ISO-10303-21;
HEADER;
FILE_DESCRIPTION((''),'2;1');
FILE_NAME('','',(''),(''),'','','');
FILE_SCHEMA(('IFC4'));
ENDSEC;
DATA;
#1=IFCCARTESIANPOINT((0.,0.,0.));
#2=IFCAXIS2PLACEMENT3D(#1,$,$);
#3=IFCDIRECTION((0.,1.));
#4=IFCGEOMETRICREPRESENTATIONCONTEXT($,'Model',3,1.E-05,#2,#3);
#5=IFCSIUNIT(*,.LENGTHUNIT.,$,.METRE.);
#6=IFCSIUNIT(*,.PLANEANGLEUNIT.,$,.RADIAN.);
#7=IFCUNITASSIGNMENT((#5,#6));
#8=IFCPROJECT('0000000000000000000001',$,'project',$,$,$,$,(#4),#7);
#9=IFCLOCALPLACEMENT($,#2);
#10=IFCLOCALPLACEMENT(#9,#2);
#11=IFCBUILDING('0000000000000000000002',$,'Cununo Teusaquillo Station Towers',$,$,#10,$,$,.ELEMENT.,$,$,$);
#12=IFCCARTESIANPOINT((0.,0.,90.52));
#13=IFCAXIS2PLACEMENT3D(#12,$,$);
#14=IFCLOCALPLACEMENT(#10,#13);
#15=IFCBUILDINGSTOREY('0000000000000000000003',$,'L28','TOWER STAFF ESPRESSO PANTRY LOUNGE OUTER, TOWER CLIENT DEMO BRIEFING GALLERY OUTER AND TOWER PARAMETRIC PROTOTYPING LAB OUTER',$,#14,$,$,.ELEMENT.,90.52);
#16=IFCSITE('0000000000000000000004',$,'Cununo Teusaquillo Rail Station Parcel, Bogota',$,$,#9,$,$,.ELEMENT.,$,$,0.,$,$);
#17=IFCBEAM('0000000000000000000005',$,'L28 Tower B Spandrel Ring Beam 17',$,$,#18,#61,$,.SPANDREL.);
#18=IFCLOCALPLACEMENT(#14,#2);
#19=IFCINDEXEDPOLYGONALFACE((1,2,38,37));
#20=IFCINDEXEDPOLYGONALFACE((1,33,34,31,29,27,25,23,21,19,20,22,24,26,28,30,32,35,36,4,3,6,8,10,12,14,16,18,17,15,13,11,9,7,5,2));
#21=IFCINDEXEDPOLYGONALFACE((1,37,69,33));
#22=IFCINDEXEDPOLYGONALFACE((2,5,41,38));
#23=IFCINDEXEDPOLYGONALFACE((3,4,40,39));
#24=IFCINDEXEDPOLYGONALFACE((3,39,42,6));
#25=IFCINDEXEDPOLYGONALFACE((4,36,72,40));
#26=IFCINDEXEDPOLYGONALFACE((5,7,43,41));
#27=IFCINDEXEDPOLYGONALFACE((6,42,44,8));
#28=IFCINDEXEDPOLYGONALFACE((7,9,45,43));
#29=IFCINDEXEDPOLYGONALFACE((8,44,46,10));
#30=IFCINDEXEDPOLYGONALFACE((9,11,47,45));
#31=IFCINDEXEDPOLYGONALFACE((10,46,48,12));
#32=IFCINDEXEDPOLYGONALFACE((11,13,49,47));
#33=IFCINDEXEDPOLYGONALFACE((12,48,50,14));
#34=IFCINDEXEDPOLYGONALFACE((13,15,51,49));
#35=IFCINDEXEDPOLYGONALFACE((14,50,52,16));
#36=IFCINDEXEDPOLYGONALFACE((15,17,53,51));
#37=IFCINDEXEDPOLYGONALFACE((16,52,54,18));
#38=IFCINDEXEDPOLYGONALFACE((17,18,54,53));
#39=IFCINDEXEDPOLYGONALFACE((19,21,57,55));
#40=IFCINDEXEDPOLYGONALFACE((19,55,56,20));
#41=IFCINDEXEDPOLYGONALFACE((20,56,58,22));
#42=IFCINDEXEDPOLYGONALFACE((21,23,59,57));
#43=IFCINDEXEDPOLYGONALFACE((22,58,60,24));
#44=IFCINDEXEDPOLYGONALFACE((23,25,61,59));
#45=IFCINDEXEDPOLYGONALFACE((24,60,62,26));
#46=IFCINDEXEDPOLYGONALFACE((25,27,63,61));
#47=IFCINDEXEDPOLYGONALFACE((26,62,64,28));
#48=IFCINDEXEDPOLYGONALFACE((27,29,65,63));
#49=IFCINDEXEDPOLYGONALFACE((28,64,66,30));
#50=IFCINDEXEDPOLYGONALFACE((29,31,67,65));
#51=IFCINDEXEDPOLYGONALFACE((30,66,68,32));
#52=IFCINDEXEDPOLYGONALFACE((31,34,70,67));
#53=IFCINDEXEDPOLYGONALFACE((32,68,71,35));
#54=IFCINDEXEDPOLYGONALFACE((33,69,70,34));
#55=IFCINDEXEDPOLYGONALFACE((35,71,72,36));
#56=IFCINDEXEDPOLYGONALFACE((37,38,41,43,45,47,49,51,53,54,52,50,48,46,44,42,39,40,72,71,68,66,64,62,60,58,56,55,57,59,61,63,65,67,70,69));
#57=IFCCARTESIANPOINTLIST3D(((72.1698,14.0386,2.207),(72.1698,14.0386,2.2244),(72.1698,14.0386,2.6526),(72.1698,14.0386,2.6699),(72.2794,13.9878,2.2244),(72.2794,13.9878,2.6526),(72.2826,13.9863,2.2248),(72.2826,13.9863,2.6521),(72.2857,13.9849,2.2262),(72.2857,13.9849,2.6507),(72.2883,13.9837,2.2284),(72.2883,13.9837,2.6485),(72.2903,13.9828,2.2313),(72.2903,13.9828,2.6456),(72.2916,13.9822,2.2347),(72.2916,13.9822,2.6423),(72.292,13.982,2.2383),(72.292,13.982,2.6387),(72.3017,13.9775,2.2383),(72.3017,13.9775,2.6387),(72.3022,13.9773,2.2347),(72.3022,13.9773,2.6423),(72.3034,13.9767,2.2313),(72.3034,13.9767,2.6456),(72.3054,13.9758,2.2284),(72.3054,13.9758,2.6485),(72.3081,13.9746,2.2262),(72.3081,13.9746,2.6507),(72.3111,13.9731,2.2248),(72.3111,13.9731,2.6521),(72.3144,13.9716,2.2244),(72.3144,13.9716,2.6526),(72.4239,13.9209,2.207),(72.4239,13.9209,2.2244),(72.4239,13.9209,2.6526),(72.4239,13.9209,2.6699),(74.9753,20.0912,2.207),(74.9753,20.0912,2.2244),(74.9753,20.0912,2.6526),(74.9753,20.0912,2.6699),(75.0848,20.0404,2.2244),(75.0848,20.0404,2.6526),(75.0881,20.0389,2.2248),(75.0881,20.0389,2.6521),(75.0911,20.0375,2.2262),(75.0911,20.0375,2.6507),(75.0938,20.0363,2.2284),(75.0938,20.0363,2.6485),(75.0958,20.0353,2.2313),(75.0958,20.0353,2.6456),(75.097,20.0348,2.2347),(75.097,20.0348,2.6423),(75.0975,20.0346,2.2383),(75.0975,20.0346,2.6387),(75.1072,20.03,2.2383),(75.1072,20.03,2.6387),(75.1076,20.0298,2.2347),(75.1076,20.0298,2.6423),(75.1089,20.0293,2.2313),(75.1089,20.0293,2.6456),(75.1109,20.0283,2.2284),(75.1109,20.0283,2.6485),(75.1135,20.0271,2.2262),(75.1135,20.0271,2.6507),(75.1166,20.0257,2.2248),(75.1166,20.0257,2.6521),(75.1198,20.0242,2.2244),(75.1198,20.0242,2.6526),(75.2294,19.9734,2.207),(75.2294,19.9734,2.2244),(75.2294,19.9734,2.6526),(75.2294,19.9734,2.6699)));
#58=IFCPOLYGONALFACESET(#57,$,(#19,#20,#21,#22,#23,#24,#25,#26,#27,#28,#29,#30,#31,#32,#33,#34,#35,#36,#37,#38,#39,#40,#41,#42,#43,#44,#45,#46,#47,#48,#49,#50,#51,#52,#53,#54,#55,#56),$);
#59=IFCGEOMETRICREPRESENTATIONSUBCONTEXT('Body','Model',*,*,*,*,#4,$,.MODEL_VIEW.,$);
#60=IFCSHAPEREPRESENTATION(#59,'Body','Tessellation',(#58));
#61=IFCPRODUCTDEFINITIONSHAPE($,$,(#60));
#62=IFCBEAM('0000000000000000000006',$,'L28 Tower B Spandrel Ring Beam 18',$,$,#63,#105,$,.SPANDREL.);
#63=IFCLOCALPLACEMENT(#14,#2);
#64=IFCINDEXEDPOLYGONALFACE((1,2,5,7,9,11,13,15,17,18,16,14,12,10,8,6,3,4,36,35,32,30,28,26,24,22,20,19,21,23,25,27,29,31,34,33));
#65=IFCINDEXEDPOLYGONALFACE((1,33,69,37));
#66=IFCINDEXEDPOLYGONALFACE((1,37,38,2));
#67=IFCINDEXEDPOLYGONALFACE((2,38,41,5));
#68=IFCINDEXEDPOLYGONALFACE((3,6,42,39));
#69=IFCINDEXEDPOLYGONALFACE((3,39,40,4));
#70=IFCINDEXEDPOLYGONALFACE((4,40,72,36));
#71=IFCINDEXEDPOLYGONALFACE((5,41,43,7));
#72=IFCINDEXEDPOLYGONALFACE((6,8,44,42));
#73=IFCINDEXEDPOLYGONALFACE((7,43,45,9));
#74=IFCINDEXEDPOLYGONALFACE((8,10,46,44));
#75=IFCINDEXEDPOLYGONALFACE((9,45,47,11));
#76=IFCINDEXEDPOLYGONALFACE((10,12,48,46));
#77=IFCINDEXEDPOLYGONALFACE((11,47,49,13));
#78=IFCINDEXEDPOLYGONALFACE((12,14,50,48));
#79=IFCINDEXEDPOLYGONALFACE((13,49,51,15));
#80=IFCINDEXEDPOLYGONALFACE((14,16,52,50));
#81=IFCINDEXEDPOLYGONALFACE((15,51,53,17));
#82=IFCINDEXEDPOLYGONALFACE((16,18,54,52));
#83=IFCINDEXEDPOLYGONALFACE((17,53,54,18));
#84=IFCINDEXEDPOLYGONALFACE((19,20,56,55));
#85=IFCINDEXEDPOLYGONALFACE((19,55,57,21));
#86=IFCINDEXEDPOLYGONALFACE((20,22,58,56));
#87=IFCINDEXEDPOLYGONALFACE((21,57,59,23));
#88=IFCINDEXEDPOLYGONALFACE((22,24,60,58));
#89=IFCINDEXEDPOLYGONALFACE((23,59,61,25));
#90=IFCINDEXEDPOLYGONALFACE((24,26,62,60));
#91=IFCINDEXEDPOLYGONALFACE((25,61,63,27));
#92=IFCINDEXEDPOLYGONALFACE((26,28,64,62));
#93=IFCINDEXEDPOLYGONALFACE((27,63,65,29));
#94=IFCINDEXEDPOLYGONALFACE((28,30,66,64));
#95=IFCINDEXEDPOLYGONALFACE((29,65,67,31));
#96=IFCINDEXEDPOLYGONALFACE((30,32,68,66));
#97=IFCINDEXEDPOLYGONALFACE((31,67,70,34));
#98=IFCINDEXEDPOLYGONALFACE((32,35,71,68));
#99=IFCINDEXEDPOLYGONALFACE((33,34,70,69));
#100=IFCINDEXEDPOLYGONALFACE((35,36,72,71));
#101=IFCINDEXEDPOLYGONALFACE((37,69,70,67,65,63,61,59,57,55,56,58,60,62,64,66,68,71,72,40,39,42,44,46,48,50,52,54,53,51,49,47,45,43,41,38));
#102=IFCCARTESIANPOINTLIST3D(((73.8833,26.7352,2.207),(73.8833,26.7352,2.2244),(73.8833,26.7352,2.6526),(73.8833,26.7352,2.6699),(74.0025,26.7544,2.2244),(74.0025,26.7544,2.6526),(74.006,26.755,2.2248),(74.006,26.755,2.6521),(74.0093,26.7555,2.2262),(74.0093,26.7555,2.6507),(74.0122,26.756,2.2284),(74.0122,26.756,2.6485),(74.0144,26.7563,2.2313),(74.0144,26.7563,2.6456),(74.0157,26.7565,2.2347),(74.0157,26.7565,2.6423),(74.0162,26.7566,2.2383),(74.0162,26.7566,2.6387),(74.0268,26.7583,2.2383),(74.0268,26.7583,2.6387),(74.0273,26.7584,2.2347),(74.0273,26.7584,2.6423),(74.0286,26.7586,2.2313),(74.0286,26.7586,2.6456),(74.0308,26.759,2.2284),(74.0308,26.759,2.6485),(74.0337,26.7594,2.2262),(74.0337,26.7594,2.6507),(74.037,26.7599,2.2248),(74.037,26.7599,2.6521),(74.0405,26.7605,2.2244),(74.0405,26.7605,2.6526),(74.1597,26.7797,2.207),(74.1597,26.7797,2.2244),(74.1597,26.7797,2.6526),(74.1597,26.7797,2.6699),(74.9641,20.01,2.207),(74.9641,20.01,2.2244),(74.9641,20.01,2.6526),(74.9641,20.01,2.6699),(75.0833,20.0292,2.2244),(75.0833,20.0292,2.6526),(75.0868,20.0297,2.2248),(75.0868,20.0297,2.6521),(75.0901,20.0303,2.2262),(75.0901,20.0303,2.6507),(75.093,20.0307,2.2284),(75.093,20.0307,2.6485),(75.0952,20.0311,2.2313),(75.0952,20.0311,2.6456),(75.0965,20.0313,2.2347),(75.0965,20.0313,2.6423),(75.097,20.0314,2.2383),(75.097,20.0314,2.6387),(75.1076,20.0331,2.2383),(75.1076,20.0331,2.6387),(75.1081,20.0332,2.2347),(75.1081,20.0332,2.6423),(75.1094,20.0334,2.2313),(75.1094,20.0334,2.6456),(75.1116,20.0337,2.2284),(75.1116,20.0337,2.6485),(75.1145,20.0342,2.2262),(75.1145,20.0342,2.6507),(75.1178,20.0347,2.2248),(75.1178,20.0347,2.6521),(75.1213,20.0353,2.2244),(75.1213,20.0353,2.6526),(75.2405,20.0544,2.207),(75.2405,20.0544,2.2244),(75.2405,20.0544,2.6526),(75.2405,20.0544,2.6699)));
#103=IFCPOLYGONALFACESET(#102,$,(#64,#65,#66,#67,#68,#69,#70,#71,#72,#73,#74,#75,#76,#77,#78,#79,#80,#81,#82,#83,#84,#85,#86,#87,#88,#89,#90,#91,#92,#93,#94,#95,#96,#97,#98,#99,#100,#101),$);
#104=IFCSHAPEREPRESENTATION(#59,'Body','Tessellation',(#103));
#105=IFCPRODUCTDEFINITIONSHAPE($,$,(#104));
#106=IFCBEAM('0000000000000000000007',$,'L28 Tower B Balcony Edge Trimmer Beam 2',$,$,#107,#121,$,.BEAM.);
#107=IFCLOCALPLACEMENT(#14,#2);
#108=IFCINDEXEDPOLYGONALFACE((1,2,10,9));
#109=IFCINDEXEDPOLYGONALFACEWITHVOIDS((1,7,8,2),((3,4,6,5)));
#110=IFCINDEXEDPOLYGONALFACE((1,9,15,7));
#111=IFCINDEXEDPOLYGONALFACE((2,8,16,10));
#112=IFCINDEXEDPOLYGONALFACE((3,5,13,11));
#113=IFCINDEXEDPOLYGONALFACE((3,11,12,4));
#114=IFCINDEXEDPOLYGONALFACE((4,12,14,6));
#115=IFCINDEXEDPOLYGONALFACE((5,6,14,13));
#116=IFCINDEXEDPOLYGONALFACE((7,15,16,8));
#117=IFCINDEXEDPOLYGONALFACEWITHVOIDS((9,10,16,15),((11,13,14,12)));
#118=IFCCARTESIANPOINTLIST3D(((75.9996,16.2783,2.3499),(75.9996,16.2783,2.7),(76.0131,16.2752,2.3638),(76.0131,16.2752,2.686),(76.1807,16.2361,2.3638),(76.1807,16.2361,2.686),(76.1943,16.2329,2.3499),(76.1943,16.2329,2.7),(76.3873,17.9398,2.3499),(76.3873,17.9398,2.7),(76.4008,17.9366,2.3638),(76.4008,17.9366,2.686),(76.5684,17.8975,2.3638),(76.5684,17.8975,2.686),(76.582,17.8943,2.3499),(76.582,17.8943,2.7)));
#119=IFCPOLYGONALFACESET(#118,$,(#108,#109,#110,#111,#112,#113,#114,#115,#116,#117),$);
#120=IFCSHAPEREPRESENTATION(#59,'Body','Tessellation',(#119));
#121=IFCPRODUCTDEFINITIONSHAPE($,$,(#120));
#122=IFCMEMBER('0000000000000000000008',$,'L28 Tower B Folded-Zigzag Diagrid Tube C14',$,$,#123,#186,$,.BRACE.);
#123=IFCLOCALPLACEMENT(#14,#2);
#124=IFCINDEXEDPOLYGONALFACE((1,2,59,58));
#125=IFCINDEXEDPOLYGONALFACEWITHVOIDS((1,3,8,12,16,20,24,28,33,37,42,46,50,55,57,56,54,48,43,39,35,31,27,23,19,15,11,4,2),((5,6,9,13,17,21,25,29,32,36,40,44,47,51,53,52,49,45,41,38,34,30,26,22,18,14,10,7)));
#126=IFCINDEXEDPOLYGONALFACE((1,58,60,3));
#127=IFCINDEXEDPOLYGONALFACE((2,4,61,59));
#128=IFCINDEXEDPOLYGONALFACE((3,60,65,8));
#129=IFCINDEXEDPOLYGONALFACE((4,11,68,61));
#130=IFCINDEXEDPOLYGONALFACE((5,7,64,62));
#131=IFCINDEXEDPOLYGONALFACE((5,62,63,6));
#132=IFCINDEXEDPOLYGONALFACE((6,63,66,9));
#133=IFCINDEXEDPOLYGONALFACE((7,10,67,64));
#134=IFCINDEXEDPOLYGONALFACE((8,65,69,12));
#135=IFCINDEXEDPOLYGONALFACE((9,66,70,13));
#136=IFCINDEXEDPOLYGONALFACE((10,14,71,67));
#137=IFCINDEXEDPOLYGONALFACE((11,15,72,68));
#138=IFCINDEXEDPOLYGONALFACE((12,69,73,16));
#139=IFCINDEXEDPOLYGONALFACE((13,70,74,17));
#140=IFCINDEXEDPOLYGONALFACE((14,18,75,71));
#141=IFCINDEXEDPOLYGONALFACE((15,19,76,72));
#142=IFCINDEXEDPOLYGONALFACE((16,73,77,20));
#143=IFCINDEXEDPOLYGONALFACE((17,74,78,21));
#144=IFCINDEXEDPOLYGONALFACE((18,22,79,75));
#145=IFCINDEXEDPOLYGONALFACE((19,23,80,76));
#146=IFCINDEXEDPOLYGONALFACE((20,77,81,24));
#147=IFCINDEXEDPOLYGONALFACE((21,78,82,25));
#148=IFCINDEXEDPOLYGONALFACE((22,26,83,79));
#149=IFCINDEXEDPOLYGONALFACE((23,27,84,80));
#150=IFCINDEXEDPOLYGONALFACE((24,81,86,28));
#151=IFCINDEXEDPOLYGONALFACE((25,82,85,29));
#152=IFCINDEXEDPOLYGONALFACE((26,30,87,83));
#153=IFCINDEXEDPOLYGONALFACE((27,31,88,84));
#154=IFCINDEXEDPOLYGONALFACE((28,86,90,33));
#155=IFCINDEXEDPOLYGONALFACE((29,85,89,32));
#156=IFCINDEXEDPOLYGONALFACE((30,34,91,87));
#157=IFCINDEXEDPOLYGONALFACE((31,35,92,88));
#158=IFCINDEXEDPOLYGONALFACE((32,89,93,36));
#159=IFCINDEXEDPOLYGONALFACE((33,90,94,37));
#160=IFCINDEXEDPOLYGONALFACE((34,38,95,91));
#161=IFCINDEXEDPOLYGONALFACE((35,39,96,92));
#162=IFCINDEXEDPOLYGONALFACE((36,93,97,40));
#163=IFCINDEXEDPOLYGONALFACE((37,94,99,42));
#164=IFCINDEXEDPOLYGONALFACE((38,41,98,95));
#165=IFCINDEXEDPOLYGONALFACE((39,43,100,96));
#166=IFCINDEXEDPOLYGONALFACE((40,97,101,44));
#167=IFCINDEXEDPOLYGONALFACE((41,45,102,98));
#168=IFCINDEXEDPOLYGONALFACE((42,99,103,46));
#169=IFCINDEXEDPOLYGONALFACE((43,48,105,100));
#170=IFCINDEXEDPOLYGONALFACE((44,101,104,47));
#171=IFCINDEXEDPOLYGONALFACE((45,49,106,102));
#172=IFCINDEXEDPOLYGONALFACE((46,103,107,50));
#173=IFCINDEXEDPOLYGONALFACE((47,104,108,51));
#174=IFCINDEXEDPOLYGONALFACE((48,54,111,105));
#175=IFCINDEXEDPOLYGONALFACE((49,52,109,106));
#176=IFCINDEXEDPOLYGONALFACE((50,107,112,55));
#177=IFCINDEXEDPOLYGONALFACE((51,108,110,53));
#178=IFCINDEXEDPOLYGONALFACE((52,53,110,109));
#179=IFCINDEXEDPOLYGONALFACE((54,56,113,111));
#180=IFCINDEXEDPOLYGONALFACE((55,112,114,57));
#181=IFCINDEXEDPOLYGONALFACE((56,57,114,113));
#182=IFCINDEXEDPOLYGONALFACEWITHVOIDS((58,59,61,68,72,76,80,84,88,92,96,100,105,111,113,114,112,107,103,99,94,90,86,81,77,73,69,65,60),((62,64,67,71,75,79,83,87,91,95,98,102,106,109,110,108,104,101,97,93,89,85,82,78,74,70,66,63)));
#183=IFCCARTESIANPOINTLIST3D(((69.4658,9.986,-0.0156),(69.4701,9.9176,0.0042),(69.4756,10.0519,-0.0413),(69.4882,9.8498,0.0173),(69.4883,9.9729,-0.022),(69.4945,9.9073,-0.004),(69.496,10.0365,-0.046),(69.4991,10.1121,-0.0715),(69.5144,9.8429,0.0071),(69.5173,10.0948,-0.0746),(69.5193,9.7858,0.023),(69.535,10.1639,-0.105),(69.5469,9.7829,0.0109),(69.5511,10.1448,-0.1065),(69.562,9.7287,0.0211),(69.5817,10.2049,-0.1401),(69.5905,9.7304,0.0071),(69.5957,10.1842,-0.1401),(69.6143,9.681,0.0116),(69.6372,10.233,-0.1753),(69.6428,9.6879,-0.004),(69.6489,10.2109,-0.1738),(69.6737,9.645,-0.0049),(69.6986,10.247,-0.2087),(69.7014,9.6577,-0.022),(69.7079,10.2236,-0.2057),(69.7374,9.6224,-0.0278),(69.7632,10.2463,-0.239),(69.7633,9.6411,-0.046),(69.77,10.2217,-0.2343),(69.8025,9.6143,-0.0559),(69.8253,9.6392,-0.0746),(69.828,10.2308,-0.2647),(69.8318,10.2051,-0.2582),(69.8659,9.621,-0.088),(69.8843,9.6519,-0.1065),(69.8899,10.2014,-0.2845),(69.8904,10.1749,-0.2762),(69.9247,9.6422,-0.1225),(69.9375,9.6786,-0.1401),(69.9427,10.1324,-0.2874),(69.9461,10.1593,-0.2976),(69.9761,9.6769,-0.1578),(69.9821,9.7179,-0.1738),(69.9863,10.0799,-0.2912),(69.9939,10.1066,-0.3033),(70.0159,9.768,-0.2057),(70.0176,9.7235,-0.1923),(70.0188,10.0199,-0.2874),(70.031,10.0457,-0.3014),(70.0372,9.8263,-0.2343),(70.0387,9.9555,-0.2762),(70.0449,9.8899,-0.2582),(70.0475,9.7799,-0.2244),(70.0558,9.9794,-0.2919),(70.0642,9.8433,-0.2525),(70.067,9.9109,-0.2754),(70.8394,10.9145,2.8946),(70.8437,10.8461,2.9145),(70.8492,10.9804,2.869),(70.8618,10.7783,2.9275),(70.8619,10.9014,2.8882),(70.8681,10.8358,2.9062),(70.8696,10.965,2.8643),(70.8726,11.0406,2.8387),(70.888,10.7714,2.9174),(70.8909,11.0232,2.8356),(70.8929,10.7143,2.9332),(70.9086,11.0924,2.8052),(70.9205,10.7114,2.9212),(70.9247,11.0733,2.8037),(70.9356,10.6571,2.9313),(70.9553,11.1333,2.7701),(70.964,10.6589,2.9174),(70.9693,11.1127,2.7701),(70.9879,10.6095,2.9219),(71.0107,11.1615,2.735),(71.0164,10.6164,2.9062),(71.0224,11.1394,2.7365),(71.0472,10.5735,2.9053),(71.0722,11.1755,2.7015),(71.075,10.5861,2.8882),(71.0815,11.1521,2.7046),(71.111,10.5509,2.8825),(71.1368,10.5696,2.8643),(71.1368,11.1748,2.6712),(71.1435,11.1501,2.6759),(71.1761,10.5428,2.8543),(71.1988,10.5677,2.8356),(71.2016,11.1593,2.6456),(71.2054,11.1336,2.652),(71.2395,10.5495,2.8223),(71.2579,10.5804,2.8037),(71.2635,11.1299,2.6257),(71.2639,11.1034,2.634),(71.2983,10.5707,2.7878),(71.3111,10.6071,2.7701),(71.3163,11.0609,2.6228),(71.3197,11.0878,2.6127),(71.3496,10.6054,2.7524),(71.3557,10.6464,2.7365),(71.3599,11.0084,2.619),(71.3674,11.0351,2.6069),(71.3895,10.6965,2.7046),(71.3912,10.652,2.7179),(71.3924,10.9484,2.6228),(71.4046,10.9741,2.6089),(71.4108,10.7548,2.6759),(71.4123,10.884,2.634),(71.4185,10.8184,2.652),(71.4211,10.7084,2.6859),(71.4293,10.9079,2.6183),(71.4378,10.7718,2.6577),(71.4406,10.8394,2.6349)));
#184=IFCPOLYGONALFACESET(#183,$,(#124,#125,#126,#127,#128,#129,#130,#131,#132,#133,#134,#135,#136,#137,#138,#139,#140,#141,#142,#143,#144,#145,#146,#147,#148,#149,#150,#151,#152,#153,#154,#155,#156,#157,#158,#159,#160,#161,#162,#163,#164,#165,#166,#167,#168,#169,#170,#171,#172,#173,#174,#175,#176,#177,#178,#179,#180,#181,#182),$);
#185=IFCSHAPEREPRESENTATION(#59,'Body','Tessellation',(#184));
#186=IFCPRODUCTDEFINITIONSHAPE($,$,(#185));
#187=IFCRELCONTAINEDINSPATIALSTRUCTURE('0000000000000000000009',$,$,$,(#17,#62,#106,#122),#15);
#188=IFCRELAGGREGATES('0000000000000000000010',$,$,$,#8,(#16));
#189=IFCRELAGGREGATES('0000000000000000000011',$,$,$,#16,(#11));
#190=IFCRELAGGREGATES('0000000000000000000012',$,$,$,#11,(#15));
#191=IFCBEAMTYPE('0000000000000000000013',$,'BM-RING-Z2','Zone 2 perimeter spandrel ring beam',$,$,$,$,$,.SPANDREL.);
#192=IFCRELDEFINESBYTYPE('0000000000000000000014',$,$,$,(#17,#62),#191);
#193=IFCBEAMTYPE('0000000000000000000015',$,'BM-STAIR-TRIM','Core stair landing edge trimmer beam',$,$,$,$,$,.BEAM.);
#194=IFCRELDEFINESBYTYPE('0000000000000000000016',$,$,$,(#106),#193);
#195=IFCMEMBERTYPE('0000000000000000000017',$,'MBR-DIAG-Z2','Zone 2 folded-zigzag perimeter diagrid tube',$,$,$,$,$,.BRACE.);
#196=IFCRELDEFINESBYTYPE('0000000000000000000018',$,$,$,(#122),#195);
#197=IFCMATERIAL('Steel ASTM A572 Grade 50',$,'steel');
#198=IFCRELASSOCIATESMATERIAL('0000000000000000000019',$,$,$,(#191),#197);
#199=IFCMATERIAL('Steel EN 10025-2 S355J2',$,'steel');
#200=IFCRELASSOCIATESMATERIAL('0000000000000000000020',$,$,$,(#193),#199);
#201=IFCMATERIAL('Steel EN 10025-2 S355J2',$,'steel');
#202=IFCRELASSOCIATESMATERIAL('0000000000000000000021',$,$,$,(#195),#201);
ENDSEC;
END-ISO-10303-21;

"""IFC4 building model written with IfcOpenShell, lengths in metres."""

from ifc_helpers import new_model, si_unit, direction, frame, origin, origin_2d, place, context, subcontext, project, spatial, hollow_rectangle, hollow_circle, i_section, extrude, material, material_profile, profile_set, type_object, element, save


model = new_model("IFC4")

# Units and contexts
model_context = context("Model", 3, precision=1e-05, world=origin(), true_north=direction((0.0, 1.0)))
body_context = subcontext(model_context, "Body", "Model", "MODEL_VIEW")
ifc_project = project(units=[si_unit("LENGTHUNIT", "METRE"), si_unit("PLANEANGLEUNIT", "RADIAN")], contexts=[model_context])

# Site, building, storey
site_placement = place(None, origin())
site = spatial("IfcSite", under=ifc_project, at=site_placement, Name="Cununo Teusaquillo Rail Station Parcel, Bogota", CompositionType="ELEMENT", RefElevation=0.0)
building_placement = place(site_placement, origin())
building = spatial("IfcBuilding", under=site, at=building_placement, Name="Cununo Teusaquillo Station Towers", CompositionType="ELEMENT")
storey_placement = place(building_placement, frame((0.0, 0.0, 90.52)))
storey = spatial("IfcBuildingStorey", under=building, at=storey_placement, Name="L28", Description="TOWER STAFF ESPRESSO PANTRY LOUNGE OUTER, TOWER CLIENT DEMO BRIEFING GALLERY OUTER AND TOWER PARAMETRIC PROTOTYPING LAB OUTER", CompositionType="ELEMENT", Elevation=90.52)

# Beams
ifc_material_1 = material(Name="Steel ASTM A572 Grade 50", Category="steel")
ifc_material_profile_1 = material_profile(ifc_material_1, i_section(OverallWidth=0.28, OverallDepth=0.4629, WebThickness=0.0107, FlangeThickness=0.0173, FilletRadius=0.0139, at=origin_2d()), Name="W18X76")
ifc_profile_set_1 = profile_set([ifc_material_profile_1], Name="Steel ASTM A572 Grade 50")
beam_type_1 = type_object("IfcBeamType", Name="BM-RING-Z2", Description="Zone 2 perimeter spandrel ring beam", PredefinedType="SPANDREL", material=ifc_profile_set_1)
beam_1_placement = place(storey_placement, frame((72.2969, 13.9797, 2.4385), z_axis=(0.420536, 0.907276, 0.0), x_axis=(-0.907276, 0.420536, 0.0)))
element("IfcBeam", 1, at=beam_1_placement, inside=storey, type_object=beam_type_1, Name="L28 Tower B Spandrel Ring Beam 17", PredefinedType="SPANDREL", context=body_context, shape_type="SweptSolid", body=[
    extrude(i_section(OverallWidth=0.28, OverallDepth=0.4629, WebThickness=0.0107, FlangeThickness=0.0173, FilletRadius=0.0139, at=origin_2d()), origin(), (0.0, 0.0, 1.0), 6.6711),
])
beam_2_placement = place(storey_placement, frame((75.1023, 20.0322, 2.4385), z_axis=(-0.158671, 0.987331, 0.0), x_axis=(-0.987331, -0.158671, 0.0)))
element("IfcBeam", 2, at=beam_2_placement, inside=storey, type_object=beam_type_1, Name="L28 Tower B Spandrel Ring Beam 18", PredefinedType="SPANDREL", context=body_context, shape_type="SweptSolid", body=[
    extrude(i_section(OverallWidth=0.28, OverallDepth=0.4629, WebThickness=0.0107, FlangeThickness=0.0173, FilletRadius=0.0139, at=origin_2d()), origin(), (0.0, 0.0, 1.0), 6.8115),
])
ifc_material_2 = material(Name="Steel EN 10025-2 S355J2", Category="steel")
ifc_material_profile_2 = material_profile(ifc_material_2, hollow_rectangle(XDim=0.2, YDim=0.3501, WallThickness=0.0139, at=origin_2d()), Name="RHS 350x200x14")
ifc_profile_set_2 = profile_set([ifc_material_profile_2], Name="Steel EN 10025-2 S355J2")
beam_type_2 = type_object("IfcBeamType", Name="BM-STAIR-TRIM", Description="Core stair landing edge trimmer beam", PredefinedType="BEAM", material=ifc_profile_set_2)
beam_3_placement = place(storey_placement, frame((76.0969, 16.2556, 2.5249), z_axis=(0.227252, 0.973836, 0.0), x_axis=(-0.973836, 0.227252, 0.0)))
element("IfcBeam", 3, at=beam_3_placement, inside=storey, type_object=beam_type_2, Name="L28 Tower B Balcony Edge Trimmer Beam 2", PredefinedType="BEAM", context=body_context, shape_type="SweptSolid", body=[
    extrude(hollow_rectangle(XDim=0.2, YDim=0.3501, WallThickness=0.0139, at=origin_2d()), origin(), (0.0, 0.0, 1.0), 1.7061),
])

# Member
ifc_material_3 = material(Name="Steel EN 10025-2 S355J2", Category="steel")
ifc_material_profile_3 = material_profile(ifc_material_3, hollow_circle(Radius=0.3301, WallThickness=0.0249, at=origin_2d()), Name="CHS 660x25")
ifc_profile_set_3 = profile_set([ifc_material_profile_3], Name="Steel EN 10025-2 S355J2")
member_type = type_object("IfcMemberType", Name="MBR-DIAG-Z2", Description="Zone 2 folded-zigzag perimeter diagrid tube", PredefinedType="BRACE", material=ifc_profile_set_3)
member_1_placement = place(storey_placement, frame((69.7666, 9.9314, -0.1401), z_axis=(0.410099, 0.277214, 0.868891), x_axis=(-0.560024, 0.828476, 0.0)))
element("IfcMember", 4, at=member_1_placement, inside=storey, type_object=member_type, Name="L28 Tower B Folded-Zigzag Diagrid Tube C14", PredefinedType="BRACE", context=body_context, shape_type="SweptSolid", body=[
    extrude(hollow_circle(Radius=0.3301, WallThickness=0.0249, at=origin_2d()), origin(), (0.0, 0.0, 1.0), 3.3494),
])

save(model, "model.ifc")
